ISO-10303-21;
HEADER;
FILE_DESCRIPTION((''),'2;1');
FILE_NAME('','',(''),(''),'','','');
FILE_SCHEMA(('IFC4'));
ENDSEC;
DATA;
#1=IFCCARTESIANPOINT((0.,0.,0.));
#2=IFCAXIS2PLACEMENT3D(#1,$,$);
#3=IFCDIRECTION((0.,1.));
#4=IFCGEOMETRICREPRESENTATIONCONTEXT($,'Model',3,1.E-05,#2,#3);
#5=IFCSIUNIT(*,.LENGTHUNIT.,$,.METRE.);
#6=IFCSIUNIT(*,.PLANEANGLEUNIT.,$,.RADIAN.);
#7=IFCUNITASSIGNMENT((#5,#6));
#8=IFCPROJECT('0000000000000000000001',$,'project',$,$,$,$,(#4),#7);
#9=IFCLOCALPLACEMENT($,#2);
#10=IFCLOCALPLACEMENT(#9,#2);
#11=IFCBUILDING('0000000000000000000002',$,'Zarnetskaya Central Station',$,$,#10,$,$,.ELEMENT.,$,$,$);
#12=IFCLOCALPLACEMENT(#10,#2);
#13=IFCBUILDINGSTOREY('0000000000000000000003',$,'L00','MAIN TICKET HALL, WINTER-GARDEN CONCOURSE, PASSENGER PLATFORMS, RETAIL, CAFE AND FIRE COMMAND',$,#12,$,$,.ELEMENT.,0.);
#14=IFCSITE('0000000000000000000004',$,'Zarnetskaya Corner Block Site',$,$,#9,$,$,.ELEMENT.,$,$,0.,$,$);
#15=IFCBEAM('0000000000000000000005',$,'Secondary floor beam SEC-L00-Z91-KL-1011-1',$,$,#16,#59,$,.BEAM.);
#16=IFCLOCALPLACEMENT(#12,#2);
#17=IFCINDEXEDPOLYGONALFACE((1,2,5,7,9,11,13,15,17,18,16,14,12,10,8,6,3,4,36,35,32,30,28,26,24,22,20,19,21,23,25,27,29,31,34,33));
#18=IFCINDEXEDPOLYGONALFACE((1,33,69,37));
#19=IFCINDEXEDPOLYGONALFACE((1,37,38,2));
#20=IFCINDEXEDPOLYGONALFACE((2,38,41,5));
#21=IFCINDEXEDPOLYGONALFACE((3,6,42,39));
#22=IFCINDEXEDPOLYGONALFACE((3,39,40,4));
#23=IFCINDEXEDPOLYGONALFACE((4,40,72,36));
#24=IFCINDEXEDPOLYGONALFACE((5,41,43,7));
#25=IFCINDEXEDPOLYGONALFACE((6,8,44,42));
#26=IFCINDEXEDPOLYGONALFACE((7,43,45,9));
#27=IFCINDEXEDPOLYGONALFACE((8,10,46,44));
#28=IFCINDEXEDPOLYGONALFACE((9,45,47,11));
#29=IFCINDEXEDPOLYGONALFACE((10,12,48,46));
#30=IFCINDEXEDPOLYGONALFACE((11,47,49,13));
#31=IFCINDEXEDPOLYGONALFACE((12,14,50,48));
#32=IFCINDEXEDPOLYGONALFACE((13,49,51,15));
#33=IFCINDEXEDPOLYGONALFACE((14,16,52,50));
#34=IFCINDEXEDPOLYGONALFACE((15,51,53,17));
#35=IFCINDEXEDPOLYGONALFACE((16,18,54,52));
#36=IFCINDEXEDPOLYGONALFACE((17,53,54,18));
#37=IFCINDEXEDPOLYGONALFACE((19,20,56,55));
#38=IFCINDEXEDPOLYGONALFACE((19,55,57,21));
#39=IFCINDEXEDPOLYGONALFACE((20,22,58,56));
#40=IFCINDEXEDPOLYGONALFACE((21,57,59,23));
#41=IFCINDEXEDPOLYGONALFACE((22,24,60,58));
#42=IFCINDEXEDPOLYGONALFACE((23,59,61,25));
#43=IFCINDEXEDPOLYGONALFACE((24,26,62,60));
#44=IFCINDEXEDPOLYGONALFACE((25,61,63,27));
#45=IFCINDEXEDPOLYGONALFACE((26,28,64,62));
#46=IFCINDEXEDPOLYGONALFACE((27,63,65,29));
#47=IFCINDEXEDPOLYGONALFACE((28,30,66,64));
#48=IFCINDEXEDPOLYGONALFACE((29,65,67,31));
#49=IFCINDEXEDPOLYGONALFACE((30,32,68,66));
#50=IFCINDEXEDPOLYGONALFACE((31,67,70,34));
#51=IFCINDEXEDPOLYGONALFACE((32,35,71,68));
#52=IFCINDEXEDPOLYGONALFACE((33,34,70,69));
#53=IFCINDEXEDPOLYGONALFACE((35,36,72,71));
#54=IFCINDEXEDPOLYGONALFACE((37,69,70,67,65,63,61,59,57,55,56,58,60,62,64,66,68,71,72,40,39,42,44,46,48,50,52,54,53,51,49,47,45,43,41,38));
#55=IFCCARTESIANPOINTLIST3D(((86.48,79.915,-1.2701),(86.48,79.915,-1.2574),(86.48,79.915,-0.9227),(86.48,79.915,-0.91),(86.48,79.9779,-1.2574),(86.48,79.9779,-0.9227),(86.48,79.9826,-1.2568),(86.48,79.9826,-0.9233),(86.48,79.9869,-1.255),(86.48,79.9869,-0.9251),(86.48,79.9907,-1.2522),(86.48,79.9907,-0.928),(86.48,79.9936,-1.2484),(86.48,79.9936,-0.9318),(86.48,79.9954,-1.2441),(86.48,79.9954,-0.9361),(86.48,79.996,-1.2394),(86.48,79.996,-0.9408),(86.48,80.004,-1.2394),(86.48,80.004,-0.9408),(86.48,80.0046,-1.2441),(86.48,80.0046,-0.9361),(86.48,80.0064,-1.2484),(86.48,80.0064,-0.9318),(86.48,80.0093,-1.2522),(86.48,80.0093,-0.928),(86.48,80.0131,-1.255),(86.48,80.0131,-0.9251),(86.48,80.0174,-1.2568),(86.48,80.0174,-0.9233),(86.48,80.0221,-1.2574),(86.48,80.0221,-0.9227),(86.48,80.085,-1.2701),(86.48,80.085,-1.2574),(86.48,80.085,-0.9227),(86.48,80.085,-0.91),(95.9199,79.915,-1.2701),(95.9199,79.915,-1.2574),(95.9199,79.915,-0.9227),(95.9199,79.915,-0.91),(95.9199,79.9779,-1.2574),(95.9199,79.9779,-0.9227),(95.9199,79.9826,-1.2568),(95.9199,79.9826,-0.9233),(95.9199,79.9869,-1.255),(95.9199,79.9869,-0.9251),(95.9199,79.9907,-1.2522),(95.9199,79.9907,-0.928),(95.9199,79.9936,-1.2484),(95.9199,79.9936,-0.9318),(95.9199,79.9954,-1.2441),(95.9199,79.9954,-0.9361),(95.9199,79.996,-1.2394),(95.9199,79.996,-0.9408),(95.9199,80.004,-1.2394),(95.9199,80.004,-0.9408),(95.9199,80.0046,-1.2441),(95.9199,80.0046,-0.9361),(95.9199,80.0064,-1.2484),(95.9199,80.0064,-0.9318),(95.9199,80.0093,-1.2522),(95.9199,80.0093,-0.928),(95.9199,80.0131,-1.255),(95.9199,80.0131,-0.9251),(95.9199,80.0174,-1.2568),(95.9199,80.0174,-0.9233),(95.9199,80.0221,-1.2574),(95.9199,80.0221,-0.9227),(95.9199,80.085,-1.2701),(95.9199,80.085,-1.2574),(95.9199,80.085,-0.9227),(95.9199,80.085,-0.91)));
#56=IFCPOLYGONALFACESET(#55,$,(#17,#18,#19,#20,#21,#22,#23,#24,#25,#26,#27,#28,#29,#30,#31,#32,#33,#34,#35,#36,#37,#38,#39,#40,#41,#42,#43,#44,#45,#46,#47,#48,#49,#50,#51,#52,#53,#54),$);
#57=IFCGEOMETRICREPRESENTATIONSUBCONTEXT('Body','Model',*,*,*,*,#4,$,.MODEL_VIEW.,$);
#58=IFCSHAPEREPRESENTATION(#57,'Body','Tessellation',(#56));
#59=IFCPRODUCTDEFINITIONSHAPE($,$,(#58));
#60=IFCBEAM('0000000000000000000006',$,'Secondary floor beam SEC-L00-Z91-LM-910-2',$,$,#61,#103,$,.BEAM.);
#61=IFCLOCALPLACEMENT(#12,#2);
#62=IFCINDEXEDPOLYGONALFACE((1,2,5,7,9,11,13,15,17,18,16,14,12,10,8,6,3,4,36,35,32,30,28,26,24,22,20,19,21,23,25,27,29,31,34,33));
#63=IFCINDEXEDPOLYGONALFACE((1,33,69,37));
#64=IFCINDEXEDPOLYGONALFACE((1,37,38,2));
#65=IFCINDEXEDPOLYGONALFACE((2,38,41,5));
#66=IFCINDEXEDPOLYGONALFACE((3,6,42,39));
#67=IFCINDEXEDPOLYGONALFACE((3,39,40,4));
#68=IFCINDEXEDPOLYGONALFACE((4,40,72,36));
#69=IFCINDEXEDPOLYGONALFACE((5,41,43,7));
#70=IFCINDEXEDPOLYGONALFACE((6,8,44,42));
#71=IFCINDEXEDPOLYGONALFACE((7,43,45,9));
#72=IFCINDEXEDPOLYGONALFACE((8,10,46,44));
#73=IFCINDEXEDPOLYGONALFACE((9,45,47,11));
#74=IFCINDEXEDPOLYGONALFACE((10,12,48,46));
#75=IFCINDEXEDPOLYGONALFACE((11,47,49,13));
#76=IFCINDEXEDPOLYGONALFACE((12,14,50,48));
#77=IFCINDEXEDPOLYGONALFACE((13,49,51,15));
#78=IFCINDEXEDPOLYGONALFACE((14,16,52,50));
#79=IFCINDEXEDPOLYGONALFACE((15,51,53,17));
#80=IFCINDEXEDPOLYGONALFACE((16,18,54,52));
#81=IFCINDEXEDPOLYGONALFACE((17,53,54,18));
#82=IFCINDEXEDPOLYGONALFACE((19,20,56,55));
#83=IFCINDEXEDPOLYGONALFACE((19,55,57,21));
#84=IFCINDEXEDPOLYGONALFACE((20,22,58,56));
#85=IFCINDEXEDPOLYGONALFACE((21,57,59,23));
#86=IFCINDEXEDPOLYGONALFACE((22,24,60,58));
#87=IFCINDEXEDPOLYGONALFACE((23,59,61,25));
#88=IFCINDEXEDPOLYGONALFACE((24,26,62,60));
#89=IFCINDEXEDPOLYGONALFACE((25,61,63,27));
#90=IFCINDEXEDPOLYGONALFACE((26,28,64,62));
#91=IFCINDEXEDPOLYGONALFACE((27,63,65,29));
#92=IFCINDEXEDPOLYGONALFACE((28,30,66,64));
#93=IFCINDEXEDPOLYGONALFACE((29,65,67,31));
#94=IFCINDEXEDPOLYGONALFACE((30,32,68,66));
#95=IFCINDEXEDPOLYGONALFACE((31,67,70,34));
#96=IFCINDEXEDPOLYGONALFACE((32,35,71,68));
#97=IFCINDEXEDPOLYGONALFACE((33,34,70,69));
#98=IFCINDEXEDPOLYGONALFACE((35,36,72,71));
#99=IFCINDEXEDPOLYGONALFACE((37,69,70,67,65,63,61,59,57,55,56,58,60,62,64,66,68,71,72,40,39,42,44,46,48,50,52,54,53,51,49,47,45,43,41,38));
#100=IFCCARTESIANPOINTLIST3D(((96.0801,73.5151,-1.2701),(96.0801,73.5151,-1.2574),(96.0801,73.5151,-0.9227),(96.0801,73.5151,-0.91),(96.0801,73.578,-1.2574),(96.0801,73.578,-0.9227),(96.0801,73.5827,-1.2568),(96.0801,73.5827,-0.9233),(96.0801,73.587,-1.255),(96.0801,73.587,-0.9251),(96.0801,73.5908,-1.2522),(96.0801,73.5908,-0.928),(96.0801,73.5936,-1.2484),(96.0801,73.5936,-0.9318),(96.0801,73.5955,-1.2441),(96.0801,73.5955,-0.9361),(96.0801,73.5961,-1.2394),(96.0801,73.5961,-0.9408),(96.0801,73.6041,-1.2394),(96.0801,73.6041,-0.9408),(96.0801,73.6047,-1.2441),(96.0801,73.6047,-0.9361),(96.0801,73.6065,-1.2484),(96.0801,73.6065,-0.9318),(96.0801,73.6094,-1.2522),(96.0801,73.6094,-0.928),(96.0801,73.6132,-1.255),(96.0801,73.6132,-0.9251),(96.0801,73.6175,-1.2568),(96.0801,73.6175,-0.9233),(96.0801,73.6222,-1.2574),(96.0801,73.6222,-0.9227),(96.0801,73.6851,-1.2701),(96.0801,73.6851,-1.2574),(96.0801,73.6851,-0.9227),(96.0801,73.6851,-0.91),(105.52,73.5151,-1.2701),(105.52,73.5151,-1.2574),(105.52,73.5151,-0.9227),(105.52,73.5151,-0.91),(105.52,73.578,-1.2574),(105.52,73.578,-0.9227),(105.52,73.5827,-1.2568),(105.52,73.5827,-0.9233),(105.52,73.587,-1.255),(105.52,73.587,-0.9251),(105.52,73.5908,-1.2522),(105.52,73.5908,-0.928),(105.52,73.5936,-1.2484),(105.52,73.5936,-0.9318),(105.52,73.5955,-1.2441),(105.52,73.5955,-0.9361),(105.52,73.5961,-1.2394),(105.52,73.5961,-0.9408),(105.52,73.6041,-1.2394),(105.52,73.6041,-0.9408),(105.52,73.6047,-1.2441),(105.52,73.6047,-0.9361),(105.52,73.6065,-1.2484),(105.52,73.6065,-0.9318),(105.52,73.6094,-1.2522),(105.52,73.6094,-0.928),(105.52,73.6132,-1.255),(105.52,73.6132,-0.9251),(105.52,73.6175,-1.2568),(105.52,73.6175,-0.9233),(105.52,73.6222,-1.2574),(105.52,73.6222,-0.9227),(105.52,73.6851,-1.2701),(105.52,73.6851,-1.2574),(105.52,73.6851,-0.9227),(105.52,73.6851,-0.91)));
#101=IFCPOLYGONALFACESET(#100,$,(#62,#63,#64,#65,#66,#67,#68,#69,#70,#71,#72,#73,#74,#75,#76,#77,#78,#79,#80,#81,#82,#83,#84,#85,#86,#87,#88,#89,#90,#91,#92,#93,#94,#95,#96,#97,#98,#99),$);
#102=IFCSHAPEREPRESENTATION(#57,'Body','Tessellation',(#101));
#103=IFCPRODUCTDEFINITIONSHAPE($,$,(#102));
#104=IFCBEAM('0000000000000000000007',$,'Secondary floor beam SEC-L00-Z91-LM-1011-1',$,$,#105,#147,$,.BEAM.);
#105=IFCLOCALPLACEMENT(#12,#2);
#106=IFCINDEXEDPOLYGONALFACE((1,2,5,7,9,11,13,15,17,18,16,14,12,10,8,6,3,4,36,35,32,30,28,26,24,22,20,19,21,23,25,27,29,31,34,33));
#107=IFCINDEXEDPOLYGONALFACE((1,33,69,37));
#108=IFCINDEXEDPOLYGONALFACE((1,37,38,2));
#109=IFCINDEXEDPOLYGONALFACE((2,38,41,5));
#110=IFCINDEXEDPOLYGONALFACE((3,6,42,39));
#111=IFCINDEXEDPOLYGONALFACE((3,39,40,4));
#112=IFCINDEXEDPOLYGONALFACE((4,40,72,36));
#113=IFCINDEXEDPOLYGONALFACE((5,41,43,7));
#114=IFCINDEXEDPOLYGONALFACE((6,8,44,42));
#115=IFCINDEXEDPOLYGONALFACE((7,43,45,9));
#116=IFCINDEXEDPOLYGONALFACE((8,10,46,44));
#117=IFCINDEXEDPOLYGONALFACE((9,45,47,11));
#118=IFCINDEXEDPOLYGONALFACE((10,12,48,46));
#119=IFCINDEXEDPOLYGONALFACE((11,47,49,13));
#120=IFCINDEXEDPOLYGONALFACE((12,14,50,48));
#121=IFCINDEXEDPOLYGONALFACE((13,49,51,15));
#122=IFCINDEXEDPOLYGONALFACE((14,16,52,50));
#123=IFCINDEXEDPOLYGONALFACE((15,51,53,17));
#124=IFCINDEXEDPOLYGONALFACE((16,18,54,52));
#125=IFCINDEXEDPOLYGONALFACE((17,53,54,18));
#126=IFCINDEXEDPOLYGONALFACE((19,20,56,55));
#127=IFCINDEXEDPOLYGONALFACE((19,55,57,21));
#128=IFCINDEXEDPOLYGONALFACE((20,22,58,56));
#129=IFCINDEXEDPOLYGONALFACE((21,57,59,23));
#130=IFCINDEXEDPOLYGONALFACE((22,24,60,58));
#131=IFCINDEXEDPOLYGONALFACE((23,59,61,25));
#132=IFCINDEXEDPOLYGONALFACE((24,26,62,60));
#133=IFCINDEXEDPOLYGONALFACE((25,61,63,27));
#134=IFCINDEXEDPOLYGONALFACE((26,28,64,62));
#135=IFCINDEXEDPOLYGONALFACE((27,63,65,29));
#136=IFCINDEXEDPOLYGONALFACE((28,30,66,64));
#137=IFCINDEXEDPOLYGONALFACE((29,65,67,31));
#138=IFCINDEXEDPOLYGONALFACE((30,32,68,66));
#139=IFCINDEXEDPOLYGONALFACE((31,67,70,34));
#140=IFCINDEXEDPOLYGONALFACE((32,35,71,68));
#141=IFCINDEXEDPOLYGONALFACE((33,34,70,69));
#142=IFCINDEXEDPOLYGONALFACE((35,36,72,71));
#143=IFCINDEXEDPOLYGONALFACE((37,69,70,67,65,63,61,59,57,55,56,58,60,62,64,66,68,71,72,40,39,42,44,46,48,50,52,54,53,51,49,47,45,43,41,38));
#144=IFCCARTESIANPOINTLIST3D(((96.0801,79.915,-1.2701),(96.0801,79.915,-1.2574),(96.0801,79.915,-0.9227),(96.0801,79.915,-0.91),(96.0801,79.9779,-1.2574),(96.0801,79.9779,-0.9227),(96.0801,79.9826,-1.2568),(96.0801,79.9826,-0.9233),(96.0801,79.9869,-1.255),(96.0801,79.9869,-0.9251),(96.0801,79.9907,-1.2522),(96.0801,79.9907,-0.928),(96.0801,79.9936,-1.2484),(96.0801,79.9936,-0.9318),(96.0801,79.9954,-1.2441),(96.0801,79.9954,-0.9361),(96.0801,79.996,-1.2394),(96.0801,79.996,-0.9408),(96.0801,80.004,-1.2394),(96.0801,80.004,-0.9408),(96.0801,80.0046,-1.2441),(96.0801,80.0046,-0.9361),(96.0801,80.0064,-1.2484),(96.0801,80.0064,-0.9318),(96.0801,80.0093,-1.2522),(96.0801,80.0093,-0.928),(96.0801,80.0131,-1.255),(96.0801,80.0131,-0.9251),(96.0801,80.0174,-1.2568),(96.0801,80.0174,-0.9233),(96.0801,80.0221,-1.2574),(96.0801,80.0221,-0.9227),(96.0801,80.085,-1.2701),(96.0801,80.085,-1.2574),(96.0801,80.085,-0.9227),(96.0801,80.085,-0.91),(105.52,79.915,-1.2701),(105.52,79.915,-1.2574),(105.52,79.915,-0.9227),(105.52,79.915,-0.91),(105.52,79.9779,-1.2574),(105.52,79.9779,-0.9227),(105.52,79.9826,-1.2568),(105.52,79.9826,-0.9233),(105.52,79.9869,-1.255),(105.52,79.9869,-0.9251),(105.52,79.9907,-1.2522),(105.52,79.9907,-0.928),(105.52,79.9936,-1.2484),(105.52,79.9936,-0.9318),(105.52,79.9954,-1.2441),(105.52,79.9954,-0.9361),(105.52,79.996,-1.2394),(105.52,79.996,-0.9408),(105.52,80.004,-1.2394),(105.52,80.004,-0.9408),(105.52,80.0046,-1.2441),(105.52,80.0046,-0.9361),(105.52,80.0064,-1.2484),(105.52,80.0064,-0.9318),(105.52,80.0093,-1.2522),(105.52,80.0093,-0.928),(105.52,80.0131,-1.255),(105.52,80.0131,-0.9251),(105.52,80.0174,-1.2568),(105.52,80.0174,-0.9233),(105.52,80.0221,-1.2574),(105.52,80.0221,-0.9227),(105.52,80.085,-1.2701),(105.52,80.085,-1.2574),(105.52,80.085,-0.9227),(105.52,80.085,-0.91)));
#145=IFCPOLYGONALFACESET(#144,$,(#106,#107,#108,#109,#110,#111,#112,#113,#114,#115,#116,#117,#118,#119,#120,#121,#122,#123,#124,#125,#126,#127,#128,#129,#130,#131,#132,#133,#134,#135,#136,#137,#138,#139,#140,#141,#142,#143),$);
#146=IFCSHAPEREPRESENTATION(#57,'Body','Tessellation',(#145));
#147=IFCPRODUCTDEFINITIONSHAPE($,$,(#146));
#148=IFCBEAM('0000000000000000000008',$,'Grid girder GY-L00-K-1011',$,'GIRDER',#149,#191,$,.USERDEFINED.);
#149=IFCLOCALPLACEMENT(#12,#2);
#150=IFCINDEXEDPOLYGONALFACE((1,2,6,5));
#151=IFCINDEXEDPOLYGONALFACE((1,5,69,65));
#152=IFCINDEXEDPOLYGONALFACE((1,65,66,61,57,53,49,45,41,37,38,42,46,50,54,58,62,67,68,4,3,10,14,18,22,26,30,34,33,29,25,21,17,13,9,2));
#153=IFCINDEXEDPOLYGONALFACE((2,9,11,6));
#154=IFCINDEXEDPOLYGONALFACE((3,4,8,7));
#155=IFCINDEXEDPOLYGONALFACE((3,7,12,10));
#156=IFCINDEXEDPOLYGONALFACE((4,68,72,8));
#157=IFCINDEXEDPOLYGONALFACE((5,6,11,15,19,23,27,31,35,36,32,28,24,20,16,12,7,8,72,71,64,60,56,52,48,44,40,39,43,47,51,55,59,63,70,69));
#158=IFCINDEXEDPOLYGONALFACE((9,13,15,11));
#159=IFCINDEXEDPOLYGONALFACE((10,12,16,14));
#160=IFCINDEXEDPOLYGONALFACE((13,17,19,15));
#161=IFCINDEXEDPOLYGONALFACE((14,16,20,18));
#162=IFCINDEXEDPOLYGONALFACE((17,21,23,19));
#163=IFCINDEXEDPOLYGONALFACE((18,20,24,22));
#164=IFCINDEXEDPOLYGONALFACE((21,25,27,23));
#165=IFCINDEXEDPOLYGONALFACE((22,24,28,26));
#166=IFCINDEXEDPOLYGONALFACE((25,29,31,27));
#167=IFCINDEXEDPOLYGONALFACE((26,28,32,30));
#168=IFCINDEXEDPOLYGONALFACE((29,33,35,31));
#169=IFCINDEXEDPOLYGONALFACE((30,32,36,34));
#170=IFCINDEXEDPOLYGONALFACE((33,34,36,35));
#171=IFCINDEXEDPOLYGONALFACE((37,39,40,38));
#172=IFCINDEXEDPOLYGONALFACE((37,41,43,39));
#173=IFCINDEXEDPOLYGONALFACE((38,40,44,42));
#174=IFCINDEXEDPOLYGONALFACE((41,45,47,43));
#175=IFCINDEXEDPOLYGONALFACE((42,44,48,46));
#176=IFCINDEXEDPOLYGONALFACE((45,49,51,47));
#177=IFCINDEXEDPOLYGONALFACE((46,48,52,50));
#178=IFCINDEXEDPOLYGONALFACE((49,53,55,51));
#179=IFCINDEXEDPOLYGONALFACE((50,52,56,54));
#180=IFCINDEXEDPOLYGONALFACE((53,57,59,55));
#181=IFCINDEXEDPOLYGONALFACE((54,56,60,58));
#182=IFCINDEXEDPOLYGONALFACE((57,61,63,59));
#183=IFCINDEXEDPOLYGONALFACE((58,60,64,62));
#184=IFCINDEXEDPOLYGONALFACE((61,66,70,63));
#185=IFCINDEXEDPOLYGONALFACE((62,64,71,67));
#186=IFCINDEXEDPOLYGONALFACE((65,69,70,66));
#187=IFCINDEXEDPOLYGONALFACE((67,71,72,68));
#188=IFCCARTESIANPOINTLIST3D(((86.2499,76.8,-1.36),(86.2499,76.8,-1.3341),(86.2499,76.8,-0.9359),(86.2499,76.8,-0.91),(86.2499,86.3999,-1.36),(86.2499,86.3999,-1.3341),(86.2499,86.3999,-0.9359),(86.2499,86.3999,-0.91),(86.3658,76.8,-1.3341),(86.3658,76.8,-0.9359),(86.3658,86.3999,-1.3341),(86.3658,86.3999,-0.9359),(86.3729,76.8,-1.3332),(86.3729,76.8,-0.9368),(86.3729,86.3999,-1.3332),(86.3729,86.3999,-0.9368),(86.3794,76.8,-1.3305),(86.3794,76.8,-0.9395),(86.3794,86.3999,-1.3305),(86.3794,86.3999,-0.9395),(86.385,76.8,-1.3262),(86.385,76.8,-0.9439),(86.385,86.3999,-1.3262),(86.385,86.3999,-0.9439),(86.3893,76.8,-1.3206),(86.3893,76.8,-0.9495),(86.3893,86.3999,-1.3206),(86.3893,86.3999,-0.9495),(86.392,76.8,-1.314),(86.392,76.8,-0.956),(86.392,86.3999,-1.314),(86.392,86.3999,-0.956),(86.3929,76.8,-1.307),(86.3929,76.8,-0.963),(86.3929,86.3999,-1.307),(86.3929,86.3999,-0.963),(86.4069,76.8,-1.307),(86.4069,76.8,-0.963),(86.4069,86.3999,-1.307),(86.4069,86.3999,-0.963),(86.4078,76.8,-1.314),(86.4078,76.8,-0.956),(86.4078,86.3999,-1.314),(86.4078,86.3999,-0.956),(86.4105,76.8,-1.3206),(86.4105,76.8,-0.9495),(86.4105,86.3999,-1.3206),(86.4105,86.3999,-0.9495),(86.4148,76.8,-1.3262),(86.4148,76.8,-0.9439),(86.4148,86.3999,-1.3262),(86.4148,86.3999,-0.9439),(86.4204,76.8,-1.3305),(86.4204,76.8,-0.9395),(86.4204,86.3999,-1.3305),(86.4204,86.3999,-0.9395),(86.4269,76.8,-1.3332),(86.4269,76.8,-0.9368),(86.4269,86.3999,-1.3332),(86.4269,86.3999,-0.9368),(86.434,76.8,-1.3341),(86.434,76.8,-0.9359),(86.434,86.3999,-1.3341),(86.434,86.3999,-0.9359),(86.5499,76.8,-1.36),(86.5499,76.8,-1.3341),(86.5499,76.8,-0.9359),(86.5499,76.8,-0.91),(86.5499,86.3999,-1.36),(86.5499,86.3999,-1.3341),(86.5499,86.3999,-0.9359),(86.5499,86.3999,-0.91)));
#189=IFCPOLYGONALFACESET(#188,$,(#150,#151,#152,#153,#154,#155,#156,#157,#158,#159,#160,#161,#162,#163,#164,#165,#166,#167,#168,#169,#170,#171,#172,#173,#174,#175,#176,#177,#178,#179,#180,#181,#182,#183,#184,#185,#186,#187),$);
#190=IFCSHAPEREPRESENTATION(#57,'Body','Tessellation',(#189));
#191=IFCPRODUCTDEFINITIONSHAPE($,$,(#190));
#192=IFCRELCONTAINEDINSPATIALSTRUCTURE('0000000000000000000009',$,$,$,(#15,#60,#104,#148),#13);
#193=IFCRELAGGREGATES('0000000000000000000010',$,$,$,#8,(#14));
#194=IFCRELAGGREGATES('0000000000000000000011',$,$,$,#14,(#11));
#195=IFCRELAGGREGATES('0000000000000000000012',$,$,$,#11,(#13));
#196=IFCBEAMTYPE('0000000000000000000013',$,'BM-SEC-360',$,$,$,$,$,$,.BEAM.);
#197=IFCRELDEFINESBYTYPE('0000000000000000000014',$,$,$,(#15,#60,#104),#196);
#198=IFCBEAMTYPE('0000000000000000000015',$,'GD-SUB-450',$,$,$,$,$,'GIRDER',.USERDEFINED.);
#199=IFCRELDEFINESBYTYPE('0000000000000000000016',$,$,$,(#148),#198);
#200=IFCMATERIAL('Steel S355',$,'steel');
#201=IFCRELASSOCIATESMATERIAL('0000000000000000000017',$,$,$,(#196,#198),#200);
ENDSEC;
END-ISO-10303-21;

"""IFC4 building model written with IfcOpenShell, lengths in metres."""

from ifc_helpers import new_model, si_unit, direction, frame, origin, origin_2d, place, context, subcontext, project, spatial, i_section, extrude, material, material_profile, profile_set, type_object, element, save


model = new_model("IFC4")

# Units and contexts
model_context = context("Model", 3, precision=1e-05, world=origin(), true_north=direction((0.0, 1.0)))
body_context = subcontext(model_context, "Body", "Model", "MODEL_VIEW")
ifc_project = project(units=[si_unit("LENGTHUNIT", "METRE"), si_unit("PLANEANGLEUNIT", "RADIAN")], contexts=[model_context])

# Site, building, storey
site_placement = place(None, origin())
site = spatial("IfcSite", under=ifc_project, at=site_placement, Name="Zarnetskaya Corner Block Site", CompositionType="ELEMENT", RefElevation=0.0)
building_placement = place(site_placement, origin())
building = spatial("IfcBuilding", under=site, at=building_placement, Name="Zarnetskaya Central Station", CompositionType="ELEMENT")
storey_placement = place(building_placement, origin())
storey = spatial("IfcBuildingStorey", under=building, at=storey_placement, Name="L00", Description="MAIN TICKET HALL, WINTER-GARDEN CONCOURSE, PASSENGER PLATFORMS, RETAIL, CAFE AND FIRE COMMAND", CompositionType="ELEMENT", Elevation=0.0)

# Shared definitions
ifc_material_1 = material(Name="Steel S355", Category="steel")

# Beams
ifc_material_profile_1 = material_profile(ifc_material_1, i_section(OverallWidth=0.1699, OverallDepth=0.3601, WebThickness=0.0081, FlangeThickness=0.0127, FilletRadius=0.0181, at=origin_2d()), Name="IPE 360")
ifc_profile_set_1 = profile_set([ifc_material_profile_1], Name="Steel S355")
beam_type_1 = type_object("IfcBeamType", Name="BM-SEC-360", PredefinedType="BEAM", material=ifc_profile_set_1)
for number, where, z_axis, x_axis, name in (
    (1, (86.48, 80.0, -1.0901), (1.0, 0.0, 0.0), (0.0, 1.0, 0.0), "Secondary floor beam SEC-L00-Z91-KL-1011-1"),
    (2, (96.0801, 73.6001, -1.0901), (1.0, 0.0, 0.0), (0.0, 1.0, 0.0), "Secondary floor beam SEC-L00-Z91-LM-910-2"),
    (3, (96.0801, 80.0, -1.0901), (1.0, 0.0, 0.0), (0.0, 1.0, 0.0), "Secondary floor beam SEC-L00-Z91-LM-1011-1"),
):
    element("IfcBeam", number, at=place(storey_placement, frame(where, z_axis=z_axis, x_axis=x_axis)), inside=storey, type_object=beam_type_1, Name=name, PredefinedType="BEAM", context=body_context, shape_type="SweptSolid", body=[
        extrude(i_section(OverallWidth=0.1699, OverallDepth=0.3601, WebThickness=0.0081, FlangeThickness=0.0127, FilletRadius=0.0181, at=origin_2d()), origin(), (0.0, 0.0, 1.0), 9.4399),
    ])
ifc_material_profile_2 = material_profile(ifc_material_1, i_section(OverallWidth=0.3, OverallDepth=0.45, WebThickness=0.0139, FlangeThickness=0.0259, FilletRadius=0.0271, at=origin_2d()), Name="HEB 450")
ifc_profile_set_2 = profile_set([ifc_material_profile_2], Name="Steel S355")
beam_type_2 = type_object("IfcBeamType", Name="GD-SUB-450", ElementType="GIRDER", PredefinedType="USERDEFINED", material=ifc_profile_set_2)
for number, where, z_axis, x_axis, name in (
    (4, (86.3999, 76.8, -1.135), (0.0, 1.0, 0.0), (-1.0, 0.0, 0.0), "Grid girder GY-L00-K-1011"),
):
    element("IfcBeam", number, at=place(storey_placement, frame(where, z_axis=z_axis, x_axis=x_axis)), inside=storey, type_object=beam_type_2, Name=name, ObjectType="GIRDER", PredefinedType="USERDEFINED", context=body_context, shape_type="SweptSolid", body=[
        extrude(i_section(OverallWidth=0.3, OverallDepth=0.45, WebThickness=0.0139, FlangeThickness=0.0259, FilletRadius=0.0271, at=origin_2d()), origin(), (0.0, 0.0, 1.0), 9.5999),
    ])

save(model, "model.ifc")
